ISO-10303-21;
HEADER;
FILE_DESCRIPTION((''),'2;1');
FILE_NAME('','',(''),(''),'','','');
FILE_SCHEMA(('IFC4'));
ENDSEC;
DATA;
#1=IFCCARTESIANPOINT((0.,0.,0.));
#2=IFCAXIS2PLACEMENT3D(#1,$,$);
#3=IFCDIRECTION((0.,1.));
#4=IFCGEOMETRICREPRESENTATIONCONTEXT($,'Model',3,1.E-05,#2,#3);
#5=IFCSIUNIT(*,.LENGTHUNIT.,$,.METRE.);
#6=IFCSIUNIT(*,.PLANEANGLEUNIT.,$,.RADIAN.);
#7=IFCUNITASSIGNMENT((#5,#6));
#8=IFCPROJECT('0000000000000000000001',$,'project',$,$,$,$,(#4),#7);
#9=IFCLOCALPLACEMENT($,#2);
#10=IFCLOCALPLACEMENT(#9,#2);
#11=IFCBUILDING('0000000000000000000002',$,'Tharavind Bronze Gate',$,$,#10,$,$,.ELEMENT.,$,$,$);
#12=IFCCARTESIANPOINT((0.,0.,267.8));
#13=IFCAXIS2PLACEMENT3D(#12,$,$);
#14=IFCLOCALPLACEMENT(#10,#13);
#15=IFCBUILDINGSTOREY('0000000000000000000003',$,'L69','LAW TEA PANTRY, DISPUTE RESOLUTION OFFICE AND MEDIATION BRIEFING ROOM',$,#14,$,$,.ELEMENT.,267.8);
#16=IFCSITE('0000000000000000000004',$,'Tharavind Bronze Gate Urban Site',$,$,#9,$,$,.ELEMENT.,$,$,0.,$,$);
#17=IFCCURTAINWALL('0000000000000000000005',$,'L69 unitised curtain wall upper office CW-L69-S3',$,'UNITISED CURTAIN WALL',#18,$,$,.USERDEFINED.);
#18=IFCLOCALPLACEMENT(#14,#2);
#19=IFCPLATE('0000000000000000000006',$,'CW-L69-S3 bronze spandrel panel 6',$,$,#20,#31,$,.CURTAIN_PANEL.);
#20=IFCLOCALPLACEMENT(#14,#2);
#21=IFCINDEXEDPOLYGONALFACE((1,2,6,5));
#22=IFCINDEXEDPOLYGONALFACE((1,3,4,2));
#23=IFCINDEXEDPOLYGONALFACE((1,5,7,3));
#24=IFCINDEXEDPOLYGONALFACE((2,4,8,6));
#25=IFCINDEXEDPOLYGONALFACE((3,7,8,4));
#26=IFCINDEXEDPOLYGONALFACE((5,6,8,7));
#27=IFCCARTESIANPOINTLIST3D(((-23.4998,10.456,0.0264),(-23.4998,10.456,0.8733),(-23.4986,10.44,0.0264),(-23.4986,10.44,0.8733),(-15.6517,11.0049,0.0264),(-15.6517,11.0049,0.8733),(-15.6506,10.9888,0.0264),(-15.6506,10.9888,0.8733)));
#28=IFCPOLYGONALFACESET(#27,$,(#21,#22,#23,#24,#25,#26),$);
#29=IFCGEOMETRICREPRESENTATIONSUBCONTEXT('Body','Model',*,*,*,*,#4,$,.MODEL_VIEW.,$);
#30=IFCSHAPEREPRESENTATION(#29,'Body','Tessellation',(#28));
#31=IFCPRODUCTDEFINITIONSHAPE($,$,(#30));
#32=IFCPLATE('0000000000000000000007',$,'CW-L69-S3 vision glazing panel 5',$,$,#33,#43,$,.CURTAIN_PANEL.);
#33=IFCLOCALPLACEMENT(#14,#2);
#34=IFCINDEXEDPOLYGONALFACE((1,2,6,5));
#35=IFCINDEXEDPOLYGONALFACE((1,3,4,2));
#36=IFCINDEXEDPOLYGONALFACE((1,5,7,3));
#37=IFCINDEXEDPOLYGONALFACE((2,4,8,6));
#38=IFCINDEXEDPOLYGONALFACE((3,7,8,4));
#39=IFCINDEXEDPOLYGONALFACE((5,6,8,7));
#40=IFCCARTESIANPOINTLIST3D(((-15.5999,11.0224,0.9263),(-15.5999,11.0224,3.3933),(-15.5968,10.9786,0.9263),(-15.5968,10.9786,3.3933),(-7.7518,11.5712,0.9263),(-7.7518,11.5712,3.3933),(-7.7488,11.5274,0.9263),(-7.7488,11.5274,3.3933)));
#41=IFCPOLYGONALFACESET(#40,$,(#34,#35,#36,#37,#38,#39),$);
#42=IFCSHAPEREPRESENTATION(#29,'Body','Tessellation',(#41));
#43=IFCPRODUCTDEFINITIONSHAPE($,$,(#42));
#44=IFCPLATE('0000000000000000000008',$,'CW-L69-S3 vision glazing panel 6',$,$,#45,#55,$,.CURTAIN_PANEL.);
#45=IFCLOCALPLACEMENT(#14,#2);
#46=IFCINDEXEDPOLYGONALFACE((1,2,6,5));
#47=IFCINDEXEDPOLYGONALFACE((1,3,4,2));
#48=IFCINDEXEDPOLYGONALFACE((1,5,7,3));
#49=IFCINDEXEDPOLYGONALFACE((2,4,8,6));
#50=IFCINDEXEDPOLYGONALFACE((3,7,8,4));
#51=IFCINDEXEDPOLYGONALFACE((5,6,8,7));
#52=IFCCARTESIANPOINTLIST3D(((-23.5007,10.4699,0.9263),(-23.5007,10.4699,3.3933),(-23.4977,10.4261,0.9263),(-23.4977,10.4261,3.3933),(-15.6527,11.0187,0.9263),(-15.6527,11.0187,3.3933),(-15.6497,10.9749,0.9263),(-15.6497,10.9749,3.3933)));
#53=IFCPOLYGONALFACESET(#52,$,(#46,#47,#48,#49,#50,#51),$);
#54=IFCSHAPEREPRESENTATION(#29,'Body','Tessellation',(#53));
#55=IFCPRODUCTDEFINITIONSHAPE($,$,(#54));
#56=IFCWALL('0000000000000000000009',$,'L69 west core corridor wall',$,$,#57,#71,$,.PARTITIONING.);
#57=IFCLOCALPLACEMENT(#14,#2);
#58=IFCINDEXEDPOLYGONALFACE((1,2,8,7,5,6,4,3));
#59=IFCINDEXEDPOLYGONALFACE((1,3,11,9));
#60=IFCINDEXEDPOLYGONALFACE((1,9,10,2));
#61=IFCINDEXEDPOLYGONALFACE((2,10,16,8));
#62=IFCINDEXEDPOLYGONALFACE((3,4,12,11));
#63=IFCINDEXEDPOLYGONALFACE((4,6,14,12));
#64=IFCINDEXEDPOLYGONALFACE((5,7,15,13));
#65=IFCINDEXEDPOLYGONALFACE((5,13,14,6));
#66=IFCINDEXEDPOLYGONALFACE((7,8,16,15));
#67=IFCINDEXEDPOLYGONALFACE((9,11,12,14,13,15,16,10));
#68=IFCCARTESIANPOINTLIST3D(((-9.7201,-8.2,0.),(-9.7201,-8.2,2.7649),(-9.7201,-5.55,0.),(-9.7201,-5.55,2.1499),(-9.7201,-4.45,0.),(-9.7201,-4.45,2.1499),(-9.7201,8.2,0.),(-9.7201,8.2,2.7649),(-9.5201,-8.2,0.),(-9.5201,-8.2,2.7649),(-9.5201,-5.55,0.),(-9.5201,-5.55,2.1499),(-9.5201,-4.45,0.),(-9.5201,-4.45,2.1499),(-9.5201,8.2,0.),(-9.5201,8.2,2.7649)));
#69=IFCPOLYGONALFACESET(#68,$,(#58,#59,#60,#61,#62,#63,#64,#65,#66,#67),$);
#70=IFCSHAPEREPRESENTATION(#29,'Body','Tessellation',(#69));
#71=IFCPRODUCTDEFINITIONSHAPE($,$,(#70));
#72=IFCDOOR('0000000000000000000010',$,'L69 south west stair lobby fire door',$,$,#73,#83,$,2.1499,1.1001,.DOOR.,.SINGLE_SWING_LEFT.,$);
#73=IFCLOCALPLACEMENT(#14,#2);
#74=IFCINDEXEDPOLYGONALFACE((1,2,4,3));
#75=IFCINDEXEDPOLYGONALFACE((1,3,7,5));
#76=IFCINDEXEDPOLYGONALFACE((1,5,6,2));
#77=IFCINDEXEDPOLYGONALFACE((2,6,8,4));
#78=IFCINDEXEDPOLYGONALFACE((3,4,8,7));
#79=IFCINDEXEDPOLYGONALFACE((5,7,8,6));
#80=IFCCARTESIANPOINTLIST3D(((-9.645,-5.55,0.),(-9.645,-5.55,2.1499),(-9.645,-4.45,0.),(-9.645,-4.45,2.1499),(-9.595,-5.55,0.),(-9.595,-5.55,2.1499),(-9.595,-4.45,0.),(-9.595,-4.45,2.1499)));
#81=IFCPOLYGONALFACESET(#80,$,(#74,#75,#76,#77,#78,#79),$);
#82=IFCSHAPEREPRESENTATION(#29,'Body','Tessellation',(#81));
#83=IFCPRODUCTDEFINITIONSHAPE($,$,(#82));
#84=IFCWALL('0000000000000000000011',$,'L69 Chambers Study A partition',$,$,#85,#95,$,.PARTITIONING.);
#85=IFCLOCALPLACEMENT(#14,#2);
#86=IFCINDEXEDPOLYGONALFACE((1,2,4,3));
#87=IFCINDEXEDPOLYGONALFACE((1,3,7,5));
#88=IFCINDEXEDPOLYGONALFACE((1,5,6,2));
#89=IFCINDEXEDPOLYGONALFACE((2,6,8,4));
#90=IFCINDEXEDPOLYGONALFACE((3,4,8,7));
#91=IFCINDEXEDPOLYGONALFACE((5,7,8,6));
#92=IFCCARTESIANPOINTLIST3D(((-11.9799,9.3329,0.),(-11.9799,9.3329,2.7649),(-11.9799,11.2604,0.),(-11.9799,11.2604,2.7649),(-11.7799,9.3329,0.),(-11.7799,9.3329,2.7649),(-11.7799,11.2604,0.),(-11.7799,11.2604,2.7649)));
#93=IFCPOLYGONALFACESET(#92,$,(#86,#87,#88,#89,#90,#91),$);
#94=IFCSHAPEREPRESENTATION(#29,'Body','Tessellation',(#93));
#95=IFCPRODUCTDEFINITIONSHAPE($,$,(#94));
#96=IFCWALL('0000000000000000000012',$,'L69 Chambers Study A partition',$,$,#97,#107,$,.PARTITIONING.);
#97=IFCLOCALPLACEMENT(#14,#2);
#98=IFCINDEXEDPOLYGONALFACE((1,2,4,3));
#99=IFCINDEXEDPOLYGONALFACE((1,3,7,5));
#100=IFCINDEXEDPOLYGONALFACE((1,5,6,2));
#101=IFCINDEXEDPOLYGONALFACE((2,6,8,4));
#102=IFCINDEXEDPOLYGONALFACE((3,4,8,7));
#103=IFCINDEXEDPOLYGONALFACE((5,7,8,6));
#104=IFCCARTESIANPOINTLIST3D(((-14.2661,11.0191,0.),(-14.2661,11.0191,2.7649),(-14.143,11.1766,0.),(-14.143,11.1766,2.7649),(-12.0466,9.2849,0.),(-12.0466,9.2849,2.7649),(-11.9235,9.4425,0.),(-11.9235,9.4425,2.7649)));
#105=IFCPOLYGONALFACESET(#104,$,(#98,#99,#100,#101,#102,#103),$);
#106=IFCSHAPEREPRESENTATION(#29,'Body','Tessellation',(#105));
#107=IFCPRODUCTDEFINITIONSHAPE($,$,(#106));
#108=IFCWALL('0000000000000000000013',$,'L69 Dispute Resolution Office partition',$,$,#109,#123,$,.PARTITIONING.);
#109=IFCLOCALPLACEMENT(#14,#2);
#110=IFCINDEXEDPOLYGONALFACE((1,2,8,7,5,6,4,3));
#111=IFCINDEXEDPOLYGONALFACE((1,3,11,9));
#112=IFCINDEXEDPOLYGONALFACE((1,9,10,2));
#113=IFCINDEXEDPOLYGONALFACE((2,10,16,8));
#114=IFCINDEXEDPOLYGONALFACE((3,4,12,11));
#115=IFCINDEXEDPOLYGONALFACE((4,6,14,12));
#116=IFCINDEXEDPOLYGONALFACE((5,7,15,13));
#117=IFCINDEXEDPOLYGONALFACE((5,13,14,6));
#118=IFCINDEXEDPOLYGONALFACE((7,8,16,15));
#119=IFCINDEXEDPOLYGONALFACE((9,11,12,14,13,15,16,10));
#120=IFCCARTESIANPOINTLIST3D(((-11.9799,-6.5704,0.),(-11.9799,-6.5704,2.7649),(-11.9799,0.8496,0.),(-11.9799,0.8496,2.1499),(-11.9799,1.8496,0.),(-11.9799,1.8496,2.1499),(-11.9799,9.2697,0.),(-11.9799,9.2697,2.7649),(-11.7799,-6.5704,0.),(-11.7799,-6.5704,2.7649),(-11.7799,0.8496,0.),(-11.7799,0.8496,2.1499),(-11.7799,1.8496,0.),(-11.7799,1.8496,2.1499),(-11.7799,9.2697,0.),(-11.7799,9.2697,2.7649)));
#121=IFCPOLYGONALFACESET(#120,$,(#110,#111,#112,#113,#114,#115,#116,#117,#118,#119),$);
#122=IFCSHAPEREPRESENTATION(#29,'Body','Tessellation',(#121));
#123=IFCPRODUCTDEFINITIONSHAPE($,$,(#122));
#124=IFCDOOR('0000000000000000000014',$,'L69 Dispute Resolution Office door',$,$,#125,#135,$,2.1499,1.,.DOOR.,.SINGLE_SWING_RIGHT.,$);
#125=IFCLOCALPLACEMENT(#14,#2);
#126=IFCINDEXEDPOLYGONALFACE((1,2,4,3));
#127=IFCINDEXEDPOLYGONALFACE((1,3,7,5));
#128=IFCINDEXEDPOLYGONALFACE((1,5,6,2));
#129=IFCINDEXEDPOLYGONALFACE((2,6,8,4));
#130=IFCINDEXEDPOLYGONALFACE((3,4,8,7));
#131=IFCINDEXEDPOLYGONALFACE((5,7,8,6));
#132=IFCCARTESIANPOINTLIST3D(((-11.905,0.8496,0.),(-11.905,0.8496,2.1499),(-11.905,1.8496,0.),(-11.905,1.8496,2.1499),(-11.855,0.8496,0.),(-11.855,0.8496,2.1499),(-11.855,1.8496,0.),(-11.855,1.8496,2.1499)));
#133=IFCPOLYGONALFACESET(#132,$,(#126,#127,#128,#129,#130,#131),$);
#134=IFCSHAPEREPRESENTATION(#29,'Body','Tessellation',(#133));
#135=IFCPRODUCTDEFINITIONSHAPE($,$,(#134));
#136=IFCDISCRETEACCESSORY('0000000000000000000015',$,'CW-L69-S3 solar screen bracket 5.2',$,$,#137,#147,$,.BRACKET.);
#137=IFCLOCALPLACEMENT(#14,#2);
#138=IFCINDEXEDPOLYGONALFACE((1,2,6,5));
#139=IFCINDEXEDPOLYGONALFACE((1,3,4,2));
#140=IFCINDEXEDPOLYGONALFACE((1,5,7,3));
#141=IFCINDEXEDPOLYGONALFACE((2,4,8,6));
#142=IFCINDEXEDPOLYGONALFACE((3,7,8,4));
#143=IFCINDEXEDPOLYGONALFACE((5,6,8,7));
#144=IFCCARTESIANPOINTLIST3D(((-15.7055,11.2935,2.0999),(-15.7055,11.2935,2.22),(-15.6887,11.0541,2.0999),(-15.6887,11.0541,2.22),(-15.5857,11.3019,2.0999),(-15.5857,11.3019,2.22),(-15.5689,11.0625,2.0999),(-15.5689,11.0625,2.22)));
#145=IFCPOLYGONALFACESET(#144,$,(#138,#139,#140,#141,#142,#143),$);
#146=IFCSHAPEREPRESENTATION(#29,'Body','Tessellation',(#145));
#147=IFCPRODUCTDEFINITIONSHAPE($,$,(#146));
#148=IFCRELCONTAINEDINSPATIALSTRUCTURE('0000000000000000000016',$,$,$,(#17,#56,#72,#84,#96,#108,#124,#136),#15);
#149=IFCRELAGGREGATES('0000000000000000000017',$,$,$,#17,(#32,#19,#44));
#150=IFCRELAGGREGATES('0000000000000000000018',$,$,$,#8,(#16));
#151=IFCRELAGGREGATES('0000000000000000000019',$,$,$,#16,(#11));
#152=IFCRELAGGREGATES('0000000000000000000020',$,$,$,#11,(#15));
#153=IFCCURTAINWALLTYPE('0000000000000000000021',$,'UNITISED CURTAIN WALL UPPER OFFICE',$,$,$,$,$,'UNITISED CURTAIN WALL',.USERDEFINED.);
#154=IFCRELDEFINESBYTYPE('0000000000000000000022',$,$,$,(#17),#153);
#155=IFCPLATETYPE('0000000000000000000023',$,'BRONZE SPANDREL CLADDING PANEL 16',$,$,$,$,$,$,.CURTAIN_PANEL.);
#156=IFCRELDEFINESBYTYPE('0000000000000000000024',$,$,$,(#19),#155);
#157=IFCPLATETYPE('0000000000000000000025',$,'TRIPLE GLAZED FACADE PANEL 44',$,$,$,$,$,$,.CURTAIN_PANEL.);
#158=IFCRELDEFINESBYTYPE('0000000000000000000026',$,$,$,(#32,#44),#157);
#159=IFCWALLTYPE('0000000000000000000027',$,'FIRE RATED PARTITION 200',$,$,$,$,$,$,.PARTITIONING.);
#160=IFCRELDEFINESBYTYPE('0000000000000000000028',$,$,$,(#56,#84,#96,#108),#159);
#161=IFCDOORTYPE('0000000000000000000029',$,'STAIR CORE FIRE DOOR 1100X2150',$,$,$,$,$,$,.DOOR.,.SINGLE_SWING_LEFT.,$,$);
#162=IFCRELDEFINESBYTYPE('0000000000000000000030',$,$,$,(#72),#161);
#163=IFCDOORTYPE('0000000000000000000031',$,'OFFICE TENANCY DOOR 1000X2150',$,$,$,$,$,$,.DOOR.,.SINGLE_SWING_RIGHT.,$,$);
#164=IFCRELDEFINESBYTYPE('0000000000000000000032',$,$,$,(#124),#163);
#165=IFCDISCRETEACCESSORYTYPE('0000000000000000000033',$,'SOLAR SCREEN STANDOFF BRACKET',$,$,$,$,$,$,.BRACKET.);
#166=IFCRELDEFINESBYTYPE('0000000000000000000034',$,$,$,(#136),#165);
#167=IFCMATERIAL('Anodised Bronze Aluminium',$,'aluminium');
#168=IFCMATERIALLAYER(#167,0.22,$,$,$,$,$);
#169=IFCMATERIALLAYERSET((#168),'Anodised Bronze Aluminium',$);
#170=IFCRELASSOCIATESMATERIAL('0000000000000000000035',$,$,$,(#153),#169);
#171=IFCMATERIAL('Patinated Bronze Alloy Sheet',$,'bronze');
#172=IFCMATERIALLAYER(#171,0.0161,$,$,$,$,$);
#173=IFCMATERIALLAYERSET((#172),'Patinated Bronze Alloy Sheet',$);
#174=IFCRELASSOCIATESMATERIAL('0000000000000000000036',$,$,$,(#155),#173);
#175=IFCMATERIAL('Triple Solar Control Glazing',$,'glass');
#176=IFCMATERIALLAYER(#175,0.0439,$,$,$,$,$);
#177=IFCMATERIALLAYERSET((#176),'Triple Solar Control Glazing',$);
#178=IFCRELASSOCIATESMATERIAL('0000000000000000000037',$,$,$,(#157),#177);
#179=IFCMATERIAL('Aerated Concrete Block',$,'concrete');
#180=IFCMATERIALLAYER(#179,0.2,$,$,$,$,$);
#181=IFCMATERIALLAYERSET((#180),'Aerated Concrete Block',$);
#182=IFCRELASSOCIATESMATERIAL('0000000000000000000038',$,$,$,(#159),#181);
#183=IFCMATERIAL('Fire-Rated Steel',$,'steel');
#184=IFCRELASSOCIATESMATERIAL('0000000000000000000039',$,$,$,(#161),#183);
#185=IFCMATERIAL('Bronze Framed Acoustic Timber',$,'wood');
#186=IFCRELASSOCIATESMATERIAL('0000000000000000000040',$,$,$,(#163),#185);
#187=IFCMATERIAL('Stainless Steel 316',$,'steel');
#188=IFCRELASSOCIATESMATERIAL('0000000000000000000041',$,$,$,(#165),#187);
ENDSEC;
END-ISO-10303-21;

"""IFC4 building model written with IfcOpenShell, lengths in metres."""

from ifc_helpers import new_model, si_unit, direction, frame, frame_2d, origin, origin_2d, place, context, subcontext, project, spatial, rectangle, extrude, material, layer, layer_set, type_object, element, fill, aggregate, save


model = new_model("IFC4")

# Units and contexts
model_context = context("Model", 3, precision=1e-05, world=origin(), true_north=direction((0.0, 1.0)))
body_context = subcontext(model_context, "Body", "Model", "MODEL_VIEW")
ifc_project = project(units=[si_unit("LENGTHUNIT", "METRE"), si_unit("PLANEANGLEUNIT", "RADIAN")], contexts=[model_context])

# Site, building, storey
site_placement = place(None, origin())
site = spatial("IfcSite", under=ifc_project, at=site_placement, Name="Tharavind Bronze Gate Urban Site", CompositionType="ELEMENT", RefElevation=0.0)
building_placement = place(site_placement, origin())
building = spatial("IfcBuilding", under=site, at=building_placement, Name="Tharavind Bronze Gate", CompositionType="ELEMENT")
storey_placement = place(building_placement, frame((0.0, 0.0, 267.8)))
storey = spatial("IfcBuildingStorey", under=building, at=storey_placement, Name="L69", Description="LAW TEA PANTRY, DISPUTE RESOLUTION OFFICE AND MEDIATION BRIEFING ROOM", CompositionType="ELEMENT", Elevation=267.8)

# Curtain wall
ifc_material_1 = material(Name="Anodised Bronze Aluminium", Category="aluminium")
ifc_layer_1 = layer(ifc_material_1, 0.22)
ifc_layer_set_1 = layer_set([ifc_layer_1], Name="Anodised Bronze Aluminium")
curtain_wall_type = type_object("IfcCurtainWallType", Name="UNITISED CURTAIN WALL UPPER OFFICE", ElementType="UNITISED CURTAIN WALL", PredefinedType="USERDEFINED", material=ifc_layer_set_1)
curtain_wall_placement = place(storey_placement, origin())
curtain_wall = element("IfcCurtainWall", 1, at=curtain_wall_placement, inside=storey, type_object=curtain_wall_type, Name="L69 unitised curtain wall upper office CW-L69-S3", ObjectType="UNITISED CURTAIN WALL", PredefinedType="USERDEFINED")

# Plates
ifc_material_2 = material(Name="Patinated Bronze Alloy Sheet", Category="bronze")
ifc_layer_2 = layer(ifc_material_2, 0.0161)
ifc_layer_set_2 = layer_set([ifc_layer_2], Name="Patinated Bronze Alloy Sheet")
plate_type_1 = type_object("IfcPlateType", Name="BRONZE SPANDREL CLADDING PANEL 16", PredefinedType="CURTAIN_PANEL", material=ifc_layer_set_2)
plate_1_placement = place(storey_placement, frame((-19.5752, 10.7224, 0.0264), z_axis=(0.0, 0.0, 1.0), x_axis=(-0.997564, -0.06976, 0.0)))
plate_1 = element("IfcPlate", 2, at=plate_1_placement, type_object=plate_type_1, Name="CW-L69-S3 bronze spandrel panel 6", PredefinedType="CURTAIN_PANEL", context=body_context, shape_type="SweptSolid", body=[
    extrude(rectangle(XDim=7.8672, YDim=0.0161, at=origin_2d()), origin(), (0.0, 0.0, 1.0), 0.8469),
])
ifc_material_3 = material(Name="Triple Solar Control Glazing", Category="glass")
ifc_layer_3 = layer(ifc_material_3, 0.0439)
ifc_layer_set_3 = layer_set([ifc_layer_3], Name="Triple Solar Control Glazing")
plate_type_2 = type_object("IfcPlateType", Name="TRIPLE GLAZED FACADE PANEL 44", PredefinedType="CURTAIN_PANEL", material=ifc_layer_set_3)
plate_2_placement = place(storey_placement, frame((-11.6743, 11.2749, 0.9263), z_axis=(0.0, 0.0, 1.0), x_axis=(-0.997564, -0.06976, 0.0)))
plate_2 = element("IfcPlate", 3, at=plate_2_placement, type_object=plate_type_2, Name="CW-L69-S3 vision glazing panel 5", PredefinedType="CURTAIN_PANEL", context=body_context, shape_type="SweptSolid", body=[
    extrude(rectangle(XDim=7.8672, YDim=0.0439, at=origin_2d()), origin(), (0.0, 0.0, 1.0), 2.467),
])
plate_3_placement = place(storey_placement, frame((-19.5752, 10.7224, 0.9263), z_axis=(0.0, 0.0, 1.0), x_axis=(-0.997564, -0.06976, 0.0)))
plate_3 = element("IfcPlate", 4, at=plate_3_placement, type_object=plate_type_2, Name="CW-L69-S3 vision glazing panel 6", PredefinedType="CURTAIN_PANEL", context=body_context, shape_type="SweptSolid", body=[
    extrude(rectangle(XDim=7.8672, YDim=0.0439, at=origin_2d()), origin(), (0.0, 0.0, 1.0), 2.467),
])
aggregate(curtain_wall, [plate_2, plate_1, plate_3])

# Wall, opening, door
ifc_material_4 = material(Name="Aerated Concrete Block", Category="concrete")
ifc_layer_4 = layer(ifc_material_4, 0.2)
ifc_layer_set_4 = layer_set([ifc_layer_4], Name="Aerated Concrete Block")
wall_type = type_object("IfcWallType", Name="FIRE RATED PARTITION 200", PredefinedType="PARTITIONING", material=ifc_layer_set_4)
wall_1_placement = place(storey_placement, frame((-9.6201, 8.2, 0.0), z_axis=(0.0, 0.0, 1.0), x_axis=(0.0, -1.0, 0.0)))
wall_1 = element("IfcWall", 5, at=wall_1_placement, inside=storey, type_object=wall_type, Name="L69 west core corridor wall", PredefinedType="PARTITIONING", context=body_context, shape_type="SweptSolid", body=[
    extrude(rectangle(XDim=16.3999, YDim=0.2, at=frame_2d((8.2, 0.0))), origin(), (0.0, 0.0, 1.0), 2.7649),
])
opening_1_placement = place(wall_1_placement, frame((12.6499, 0.0, 0.0)))
opening_1 = element("IfcOpeningElement", 6, at=opening_1_placement, cuts=wall_1, PredefinedType="OPENING", context=body_context, shape_type="SweptSolid", body=[
    extrude(rectangle(XDim=1.1001, YDim=2.1499, at=frame_2d((0.55, 1.075))), frame((0.0, 0.1101, 0.0), z_axis=(0.0, -1.0, 0.0), x_axis=(1.0, 0.0, 0.0)), (0.0, 0.0, 1.0), 0.22),
])
ifc_material_5 = material(Name="Fire-Rated Steel", Category="steel")
door_type_1 = type_object("IfcDoorType", Name="STAIR CORE FIRE DOOR 1100X2150", OperationType="SINGLE_SWING_LEFT", PredefinedType="DOOR", material=ifc_material_5)
door_1_placement = place(opening_1_placement, frame((1.1001, 0.0, 0.0), z_axis=(0.0, 0.0, 1.0), x_axis=(-1.0, 0.0, 0.0)))
door_1 = element("IfcDoor", 7, at=door_1_placement, inside=storey, type_object=door_type_1, Name="L69 south west stair lobby fire door", OperationType="SINGLE_SWING_LEFT", OverallHeight=2.1499, OverallWidth=1.1001, PredefinedType="DOOR", context=body_context, shape_type="SweptSolid", body=[
    extrude(rectangle(XDim=1.1001, YDim=2.1499, at=frame_2d((0.55, 1.075))), frame((0.0, 0.0249, 0.0), z_axis=(0.0, -1.0, 0.0), x_axis=(1.0, 0.0, 0.0)), (0.0, 0.0, 1.0), 0.05),
])
fill(opening_1, door_1)

# Walls
wall_2_placement = place(storey_placement, frame((-11.8799, 11.2605, 0.0), z_axis=(0.0, 0.0, 1.0), x_axis=(0.0, -1.0, 0.0)))
element("IfcWall", 8, at=wall_2_placement, inside=storey, type_object=wall_type, Name="L69 Chambers Study A partition", PredefinedType="PARTITIONING", context=body_context, shape_type="SweptSolid", body=[
    extrude(rectangle(XDim=1.9275, YDim=0.2, at=frame_2d((0.9639, 0.0))), origin(), (0.0, 0.0, 1.0), 2.7649),
])
wall_3_placement = place(storey_placement, frame((-11.9851, 9.3638, 0.0), z_axis=(0.0, 0.0, 1.0), x_axis=(-0.787997, 0.615679, 0.0)))
element("IfcWall", 9, at=wall_3_placement, inside=storey, type_object=wall_type, Name="L69 Chambers Study A partition", PredefinedType="PARTITIONING", context=body_context, shape_type="SweptSolid", body=[
    extrude(rectangle(XDim=2.8167, YDim=0.2, at=frame_2d((1.4082, 0.0))), origin(), (0.0, 0.0, 1.0), 2.7649),
])

# Wall, opening, door
wall_4_placement = place(storey_placement, frame((-11.8799, 9.2695, 0.0), z_axis=(0.0, 0.0, 1.0), x_axis=(0.0, -1.0, 0.0)))
wall_4 = element("IfcWall", 10, at=wall_4_placement, inside=storey, type_object=wall_type, Name="L69 Dispute Resolution Office partition", PredefinedType="PARTITIONING", context=body_context, shape_type="SweptSolid", body=[
    extrude(rectangle(XDim=15.8401, YDim=0.2, at=frame_2d((7.9199, 0.0))), origin(), (0.0, 0.0, 1.0), 2.7649),
])
opening_2_placement = place(wall_4_placement, frame((7.4199, 0.0, 0.0)))
opening_2 = element("IfcOpeningElement", 11, at=opening_2_placement, cuts=wall_4, PredefinedType="OPENING", context=body_context, shape_type="SweptSolid", body=[
    extrude(rectangle(XDim=1.0, YDim=2.1499, at=frame_2d((0.5, 1.075))), frame((0.0, 0.1101, 0.0), z_axis=(0.0, -1.0, 0.0), x_axis=(1.0, 0.0, 0.0)), (0.0, 0.0, 1.0), 0.22),
])
ifc_material_6 = material(Name="Bronze Framed Acoustic Timber", Category="wood")
door_type_2 = type_object("IfcDoorType", Name="OFFICE TENANCY DOOR 1000X2150", OperationType="SINGLE_SWING_RIGHT", PredefinedType="DOOR", material=ifc_material_6)
door_2_placement = place(opening_2_placement, origin())
door_2 = element("IfcDoor", 12, at=door_2_placement, inside=storey, type_object=door_type_2, Name="L69 Dispute Resolution Office door", OperationType="SINGLE_SWING_RIGHT", OverallHeight=2.1499, OverallWidth=1.0, PredefinedType="DOOR", context=body_context, shape_type="SweptSolid", body=[
    extrude(rectangle(XDim=1.0, YDim=2.1499, at=frame_2d((0.5, 1.075))), frame((0.0, 0.0249, 0.0), z_axis=(0.0, -1.0, 0.0), x_axis=(1.0, 0.0, 0.0)), (0.0, 0.0, 1.0), 0.05),
])
fill(opening_2, door_2)

# Discrete accessory
ifc_material_7 = material(Name="Stainless Steel 316", Category="steel")
discrete_accessory_type = type_object("IfcDiscreteAccessoryType", Name="SOLAR SCREEN STANDOFF BRACKET", PredefinedType="BRACKET", material=ifc_material_7)
discrete_accessory_placement = place(storey_placement, frame((-15.6372, 11.178, 2.0999), z_axis=(0.0, 0.0, 1.0), x_axis=(-0.997564, -0.06976, 0.0)))
element("IfcDiscreteAccessory", 13, at=discrete_accessory_placement, inside=storey, type_object=discrete_accessory_type, Name="CW-L69-S3 solar screen bracket 5.2", PredefinedType="BRACKET", context=body_context, shape_type="SweptSolid", body=[
    extrude(rectangle(XDim=0.1201, YDim=0.24, at=origin_2d()), origin(), (0.0, 0.0, 1.0), 0.1201),
])

save(model, "model.ifc")
